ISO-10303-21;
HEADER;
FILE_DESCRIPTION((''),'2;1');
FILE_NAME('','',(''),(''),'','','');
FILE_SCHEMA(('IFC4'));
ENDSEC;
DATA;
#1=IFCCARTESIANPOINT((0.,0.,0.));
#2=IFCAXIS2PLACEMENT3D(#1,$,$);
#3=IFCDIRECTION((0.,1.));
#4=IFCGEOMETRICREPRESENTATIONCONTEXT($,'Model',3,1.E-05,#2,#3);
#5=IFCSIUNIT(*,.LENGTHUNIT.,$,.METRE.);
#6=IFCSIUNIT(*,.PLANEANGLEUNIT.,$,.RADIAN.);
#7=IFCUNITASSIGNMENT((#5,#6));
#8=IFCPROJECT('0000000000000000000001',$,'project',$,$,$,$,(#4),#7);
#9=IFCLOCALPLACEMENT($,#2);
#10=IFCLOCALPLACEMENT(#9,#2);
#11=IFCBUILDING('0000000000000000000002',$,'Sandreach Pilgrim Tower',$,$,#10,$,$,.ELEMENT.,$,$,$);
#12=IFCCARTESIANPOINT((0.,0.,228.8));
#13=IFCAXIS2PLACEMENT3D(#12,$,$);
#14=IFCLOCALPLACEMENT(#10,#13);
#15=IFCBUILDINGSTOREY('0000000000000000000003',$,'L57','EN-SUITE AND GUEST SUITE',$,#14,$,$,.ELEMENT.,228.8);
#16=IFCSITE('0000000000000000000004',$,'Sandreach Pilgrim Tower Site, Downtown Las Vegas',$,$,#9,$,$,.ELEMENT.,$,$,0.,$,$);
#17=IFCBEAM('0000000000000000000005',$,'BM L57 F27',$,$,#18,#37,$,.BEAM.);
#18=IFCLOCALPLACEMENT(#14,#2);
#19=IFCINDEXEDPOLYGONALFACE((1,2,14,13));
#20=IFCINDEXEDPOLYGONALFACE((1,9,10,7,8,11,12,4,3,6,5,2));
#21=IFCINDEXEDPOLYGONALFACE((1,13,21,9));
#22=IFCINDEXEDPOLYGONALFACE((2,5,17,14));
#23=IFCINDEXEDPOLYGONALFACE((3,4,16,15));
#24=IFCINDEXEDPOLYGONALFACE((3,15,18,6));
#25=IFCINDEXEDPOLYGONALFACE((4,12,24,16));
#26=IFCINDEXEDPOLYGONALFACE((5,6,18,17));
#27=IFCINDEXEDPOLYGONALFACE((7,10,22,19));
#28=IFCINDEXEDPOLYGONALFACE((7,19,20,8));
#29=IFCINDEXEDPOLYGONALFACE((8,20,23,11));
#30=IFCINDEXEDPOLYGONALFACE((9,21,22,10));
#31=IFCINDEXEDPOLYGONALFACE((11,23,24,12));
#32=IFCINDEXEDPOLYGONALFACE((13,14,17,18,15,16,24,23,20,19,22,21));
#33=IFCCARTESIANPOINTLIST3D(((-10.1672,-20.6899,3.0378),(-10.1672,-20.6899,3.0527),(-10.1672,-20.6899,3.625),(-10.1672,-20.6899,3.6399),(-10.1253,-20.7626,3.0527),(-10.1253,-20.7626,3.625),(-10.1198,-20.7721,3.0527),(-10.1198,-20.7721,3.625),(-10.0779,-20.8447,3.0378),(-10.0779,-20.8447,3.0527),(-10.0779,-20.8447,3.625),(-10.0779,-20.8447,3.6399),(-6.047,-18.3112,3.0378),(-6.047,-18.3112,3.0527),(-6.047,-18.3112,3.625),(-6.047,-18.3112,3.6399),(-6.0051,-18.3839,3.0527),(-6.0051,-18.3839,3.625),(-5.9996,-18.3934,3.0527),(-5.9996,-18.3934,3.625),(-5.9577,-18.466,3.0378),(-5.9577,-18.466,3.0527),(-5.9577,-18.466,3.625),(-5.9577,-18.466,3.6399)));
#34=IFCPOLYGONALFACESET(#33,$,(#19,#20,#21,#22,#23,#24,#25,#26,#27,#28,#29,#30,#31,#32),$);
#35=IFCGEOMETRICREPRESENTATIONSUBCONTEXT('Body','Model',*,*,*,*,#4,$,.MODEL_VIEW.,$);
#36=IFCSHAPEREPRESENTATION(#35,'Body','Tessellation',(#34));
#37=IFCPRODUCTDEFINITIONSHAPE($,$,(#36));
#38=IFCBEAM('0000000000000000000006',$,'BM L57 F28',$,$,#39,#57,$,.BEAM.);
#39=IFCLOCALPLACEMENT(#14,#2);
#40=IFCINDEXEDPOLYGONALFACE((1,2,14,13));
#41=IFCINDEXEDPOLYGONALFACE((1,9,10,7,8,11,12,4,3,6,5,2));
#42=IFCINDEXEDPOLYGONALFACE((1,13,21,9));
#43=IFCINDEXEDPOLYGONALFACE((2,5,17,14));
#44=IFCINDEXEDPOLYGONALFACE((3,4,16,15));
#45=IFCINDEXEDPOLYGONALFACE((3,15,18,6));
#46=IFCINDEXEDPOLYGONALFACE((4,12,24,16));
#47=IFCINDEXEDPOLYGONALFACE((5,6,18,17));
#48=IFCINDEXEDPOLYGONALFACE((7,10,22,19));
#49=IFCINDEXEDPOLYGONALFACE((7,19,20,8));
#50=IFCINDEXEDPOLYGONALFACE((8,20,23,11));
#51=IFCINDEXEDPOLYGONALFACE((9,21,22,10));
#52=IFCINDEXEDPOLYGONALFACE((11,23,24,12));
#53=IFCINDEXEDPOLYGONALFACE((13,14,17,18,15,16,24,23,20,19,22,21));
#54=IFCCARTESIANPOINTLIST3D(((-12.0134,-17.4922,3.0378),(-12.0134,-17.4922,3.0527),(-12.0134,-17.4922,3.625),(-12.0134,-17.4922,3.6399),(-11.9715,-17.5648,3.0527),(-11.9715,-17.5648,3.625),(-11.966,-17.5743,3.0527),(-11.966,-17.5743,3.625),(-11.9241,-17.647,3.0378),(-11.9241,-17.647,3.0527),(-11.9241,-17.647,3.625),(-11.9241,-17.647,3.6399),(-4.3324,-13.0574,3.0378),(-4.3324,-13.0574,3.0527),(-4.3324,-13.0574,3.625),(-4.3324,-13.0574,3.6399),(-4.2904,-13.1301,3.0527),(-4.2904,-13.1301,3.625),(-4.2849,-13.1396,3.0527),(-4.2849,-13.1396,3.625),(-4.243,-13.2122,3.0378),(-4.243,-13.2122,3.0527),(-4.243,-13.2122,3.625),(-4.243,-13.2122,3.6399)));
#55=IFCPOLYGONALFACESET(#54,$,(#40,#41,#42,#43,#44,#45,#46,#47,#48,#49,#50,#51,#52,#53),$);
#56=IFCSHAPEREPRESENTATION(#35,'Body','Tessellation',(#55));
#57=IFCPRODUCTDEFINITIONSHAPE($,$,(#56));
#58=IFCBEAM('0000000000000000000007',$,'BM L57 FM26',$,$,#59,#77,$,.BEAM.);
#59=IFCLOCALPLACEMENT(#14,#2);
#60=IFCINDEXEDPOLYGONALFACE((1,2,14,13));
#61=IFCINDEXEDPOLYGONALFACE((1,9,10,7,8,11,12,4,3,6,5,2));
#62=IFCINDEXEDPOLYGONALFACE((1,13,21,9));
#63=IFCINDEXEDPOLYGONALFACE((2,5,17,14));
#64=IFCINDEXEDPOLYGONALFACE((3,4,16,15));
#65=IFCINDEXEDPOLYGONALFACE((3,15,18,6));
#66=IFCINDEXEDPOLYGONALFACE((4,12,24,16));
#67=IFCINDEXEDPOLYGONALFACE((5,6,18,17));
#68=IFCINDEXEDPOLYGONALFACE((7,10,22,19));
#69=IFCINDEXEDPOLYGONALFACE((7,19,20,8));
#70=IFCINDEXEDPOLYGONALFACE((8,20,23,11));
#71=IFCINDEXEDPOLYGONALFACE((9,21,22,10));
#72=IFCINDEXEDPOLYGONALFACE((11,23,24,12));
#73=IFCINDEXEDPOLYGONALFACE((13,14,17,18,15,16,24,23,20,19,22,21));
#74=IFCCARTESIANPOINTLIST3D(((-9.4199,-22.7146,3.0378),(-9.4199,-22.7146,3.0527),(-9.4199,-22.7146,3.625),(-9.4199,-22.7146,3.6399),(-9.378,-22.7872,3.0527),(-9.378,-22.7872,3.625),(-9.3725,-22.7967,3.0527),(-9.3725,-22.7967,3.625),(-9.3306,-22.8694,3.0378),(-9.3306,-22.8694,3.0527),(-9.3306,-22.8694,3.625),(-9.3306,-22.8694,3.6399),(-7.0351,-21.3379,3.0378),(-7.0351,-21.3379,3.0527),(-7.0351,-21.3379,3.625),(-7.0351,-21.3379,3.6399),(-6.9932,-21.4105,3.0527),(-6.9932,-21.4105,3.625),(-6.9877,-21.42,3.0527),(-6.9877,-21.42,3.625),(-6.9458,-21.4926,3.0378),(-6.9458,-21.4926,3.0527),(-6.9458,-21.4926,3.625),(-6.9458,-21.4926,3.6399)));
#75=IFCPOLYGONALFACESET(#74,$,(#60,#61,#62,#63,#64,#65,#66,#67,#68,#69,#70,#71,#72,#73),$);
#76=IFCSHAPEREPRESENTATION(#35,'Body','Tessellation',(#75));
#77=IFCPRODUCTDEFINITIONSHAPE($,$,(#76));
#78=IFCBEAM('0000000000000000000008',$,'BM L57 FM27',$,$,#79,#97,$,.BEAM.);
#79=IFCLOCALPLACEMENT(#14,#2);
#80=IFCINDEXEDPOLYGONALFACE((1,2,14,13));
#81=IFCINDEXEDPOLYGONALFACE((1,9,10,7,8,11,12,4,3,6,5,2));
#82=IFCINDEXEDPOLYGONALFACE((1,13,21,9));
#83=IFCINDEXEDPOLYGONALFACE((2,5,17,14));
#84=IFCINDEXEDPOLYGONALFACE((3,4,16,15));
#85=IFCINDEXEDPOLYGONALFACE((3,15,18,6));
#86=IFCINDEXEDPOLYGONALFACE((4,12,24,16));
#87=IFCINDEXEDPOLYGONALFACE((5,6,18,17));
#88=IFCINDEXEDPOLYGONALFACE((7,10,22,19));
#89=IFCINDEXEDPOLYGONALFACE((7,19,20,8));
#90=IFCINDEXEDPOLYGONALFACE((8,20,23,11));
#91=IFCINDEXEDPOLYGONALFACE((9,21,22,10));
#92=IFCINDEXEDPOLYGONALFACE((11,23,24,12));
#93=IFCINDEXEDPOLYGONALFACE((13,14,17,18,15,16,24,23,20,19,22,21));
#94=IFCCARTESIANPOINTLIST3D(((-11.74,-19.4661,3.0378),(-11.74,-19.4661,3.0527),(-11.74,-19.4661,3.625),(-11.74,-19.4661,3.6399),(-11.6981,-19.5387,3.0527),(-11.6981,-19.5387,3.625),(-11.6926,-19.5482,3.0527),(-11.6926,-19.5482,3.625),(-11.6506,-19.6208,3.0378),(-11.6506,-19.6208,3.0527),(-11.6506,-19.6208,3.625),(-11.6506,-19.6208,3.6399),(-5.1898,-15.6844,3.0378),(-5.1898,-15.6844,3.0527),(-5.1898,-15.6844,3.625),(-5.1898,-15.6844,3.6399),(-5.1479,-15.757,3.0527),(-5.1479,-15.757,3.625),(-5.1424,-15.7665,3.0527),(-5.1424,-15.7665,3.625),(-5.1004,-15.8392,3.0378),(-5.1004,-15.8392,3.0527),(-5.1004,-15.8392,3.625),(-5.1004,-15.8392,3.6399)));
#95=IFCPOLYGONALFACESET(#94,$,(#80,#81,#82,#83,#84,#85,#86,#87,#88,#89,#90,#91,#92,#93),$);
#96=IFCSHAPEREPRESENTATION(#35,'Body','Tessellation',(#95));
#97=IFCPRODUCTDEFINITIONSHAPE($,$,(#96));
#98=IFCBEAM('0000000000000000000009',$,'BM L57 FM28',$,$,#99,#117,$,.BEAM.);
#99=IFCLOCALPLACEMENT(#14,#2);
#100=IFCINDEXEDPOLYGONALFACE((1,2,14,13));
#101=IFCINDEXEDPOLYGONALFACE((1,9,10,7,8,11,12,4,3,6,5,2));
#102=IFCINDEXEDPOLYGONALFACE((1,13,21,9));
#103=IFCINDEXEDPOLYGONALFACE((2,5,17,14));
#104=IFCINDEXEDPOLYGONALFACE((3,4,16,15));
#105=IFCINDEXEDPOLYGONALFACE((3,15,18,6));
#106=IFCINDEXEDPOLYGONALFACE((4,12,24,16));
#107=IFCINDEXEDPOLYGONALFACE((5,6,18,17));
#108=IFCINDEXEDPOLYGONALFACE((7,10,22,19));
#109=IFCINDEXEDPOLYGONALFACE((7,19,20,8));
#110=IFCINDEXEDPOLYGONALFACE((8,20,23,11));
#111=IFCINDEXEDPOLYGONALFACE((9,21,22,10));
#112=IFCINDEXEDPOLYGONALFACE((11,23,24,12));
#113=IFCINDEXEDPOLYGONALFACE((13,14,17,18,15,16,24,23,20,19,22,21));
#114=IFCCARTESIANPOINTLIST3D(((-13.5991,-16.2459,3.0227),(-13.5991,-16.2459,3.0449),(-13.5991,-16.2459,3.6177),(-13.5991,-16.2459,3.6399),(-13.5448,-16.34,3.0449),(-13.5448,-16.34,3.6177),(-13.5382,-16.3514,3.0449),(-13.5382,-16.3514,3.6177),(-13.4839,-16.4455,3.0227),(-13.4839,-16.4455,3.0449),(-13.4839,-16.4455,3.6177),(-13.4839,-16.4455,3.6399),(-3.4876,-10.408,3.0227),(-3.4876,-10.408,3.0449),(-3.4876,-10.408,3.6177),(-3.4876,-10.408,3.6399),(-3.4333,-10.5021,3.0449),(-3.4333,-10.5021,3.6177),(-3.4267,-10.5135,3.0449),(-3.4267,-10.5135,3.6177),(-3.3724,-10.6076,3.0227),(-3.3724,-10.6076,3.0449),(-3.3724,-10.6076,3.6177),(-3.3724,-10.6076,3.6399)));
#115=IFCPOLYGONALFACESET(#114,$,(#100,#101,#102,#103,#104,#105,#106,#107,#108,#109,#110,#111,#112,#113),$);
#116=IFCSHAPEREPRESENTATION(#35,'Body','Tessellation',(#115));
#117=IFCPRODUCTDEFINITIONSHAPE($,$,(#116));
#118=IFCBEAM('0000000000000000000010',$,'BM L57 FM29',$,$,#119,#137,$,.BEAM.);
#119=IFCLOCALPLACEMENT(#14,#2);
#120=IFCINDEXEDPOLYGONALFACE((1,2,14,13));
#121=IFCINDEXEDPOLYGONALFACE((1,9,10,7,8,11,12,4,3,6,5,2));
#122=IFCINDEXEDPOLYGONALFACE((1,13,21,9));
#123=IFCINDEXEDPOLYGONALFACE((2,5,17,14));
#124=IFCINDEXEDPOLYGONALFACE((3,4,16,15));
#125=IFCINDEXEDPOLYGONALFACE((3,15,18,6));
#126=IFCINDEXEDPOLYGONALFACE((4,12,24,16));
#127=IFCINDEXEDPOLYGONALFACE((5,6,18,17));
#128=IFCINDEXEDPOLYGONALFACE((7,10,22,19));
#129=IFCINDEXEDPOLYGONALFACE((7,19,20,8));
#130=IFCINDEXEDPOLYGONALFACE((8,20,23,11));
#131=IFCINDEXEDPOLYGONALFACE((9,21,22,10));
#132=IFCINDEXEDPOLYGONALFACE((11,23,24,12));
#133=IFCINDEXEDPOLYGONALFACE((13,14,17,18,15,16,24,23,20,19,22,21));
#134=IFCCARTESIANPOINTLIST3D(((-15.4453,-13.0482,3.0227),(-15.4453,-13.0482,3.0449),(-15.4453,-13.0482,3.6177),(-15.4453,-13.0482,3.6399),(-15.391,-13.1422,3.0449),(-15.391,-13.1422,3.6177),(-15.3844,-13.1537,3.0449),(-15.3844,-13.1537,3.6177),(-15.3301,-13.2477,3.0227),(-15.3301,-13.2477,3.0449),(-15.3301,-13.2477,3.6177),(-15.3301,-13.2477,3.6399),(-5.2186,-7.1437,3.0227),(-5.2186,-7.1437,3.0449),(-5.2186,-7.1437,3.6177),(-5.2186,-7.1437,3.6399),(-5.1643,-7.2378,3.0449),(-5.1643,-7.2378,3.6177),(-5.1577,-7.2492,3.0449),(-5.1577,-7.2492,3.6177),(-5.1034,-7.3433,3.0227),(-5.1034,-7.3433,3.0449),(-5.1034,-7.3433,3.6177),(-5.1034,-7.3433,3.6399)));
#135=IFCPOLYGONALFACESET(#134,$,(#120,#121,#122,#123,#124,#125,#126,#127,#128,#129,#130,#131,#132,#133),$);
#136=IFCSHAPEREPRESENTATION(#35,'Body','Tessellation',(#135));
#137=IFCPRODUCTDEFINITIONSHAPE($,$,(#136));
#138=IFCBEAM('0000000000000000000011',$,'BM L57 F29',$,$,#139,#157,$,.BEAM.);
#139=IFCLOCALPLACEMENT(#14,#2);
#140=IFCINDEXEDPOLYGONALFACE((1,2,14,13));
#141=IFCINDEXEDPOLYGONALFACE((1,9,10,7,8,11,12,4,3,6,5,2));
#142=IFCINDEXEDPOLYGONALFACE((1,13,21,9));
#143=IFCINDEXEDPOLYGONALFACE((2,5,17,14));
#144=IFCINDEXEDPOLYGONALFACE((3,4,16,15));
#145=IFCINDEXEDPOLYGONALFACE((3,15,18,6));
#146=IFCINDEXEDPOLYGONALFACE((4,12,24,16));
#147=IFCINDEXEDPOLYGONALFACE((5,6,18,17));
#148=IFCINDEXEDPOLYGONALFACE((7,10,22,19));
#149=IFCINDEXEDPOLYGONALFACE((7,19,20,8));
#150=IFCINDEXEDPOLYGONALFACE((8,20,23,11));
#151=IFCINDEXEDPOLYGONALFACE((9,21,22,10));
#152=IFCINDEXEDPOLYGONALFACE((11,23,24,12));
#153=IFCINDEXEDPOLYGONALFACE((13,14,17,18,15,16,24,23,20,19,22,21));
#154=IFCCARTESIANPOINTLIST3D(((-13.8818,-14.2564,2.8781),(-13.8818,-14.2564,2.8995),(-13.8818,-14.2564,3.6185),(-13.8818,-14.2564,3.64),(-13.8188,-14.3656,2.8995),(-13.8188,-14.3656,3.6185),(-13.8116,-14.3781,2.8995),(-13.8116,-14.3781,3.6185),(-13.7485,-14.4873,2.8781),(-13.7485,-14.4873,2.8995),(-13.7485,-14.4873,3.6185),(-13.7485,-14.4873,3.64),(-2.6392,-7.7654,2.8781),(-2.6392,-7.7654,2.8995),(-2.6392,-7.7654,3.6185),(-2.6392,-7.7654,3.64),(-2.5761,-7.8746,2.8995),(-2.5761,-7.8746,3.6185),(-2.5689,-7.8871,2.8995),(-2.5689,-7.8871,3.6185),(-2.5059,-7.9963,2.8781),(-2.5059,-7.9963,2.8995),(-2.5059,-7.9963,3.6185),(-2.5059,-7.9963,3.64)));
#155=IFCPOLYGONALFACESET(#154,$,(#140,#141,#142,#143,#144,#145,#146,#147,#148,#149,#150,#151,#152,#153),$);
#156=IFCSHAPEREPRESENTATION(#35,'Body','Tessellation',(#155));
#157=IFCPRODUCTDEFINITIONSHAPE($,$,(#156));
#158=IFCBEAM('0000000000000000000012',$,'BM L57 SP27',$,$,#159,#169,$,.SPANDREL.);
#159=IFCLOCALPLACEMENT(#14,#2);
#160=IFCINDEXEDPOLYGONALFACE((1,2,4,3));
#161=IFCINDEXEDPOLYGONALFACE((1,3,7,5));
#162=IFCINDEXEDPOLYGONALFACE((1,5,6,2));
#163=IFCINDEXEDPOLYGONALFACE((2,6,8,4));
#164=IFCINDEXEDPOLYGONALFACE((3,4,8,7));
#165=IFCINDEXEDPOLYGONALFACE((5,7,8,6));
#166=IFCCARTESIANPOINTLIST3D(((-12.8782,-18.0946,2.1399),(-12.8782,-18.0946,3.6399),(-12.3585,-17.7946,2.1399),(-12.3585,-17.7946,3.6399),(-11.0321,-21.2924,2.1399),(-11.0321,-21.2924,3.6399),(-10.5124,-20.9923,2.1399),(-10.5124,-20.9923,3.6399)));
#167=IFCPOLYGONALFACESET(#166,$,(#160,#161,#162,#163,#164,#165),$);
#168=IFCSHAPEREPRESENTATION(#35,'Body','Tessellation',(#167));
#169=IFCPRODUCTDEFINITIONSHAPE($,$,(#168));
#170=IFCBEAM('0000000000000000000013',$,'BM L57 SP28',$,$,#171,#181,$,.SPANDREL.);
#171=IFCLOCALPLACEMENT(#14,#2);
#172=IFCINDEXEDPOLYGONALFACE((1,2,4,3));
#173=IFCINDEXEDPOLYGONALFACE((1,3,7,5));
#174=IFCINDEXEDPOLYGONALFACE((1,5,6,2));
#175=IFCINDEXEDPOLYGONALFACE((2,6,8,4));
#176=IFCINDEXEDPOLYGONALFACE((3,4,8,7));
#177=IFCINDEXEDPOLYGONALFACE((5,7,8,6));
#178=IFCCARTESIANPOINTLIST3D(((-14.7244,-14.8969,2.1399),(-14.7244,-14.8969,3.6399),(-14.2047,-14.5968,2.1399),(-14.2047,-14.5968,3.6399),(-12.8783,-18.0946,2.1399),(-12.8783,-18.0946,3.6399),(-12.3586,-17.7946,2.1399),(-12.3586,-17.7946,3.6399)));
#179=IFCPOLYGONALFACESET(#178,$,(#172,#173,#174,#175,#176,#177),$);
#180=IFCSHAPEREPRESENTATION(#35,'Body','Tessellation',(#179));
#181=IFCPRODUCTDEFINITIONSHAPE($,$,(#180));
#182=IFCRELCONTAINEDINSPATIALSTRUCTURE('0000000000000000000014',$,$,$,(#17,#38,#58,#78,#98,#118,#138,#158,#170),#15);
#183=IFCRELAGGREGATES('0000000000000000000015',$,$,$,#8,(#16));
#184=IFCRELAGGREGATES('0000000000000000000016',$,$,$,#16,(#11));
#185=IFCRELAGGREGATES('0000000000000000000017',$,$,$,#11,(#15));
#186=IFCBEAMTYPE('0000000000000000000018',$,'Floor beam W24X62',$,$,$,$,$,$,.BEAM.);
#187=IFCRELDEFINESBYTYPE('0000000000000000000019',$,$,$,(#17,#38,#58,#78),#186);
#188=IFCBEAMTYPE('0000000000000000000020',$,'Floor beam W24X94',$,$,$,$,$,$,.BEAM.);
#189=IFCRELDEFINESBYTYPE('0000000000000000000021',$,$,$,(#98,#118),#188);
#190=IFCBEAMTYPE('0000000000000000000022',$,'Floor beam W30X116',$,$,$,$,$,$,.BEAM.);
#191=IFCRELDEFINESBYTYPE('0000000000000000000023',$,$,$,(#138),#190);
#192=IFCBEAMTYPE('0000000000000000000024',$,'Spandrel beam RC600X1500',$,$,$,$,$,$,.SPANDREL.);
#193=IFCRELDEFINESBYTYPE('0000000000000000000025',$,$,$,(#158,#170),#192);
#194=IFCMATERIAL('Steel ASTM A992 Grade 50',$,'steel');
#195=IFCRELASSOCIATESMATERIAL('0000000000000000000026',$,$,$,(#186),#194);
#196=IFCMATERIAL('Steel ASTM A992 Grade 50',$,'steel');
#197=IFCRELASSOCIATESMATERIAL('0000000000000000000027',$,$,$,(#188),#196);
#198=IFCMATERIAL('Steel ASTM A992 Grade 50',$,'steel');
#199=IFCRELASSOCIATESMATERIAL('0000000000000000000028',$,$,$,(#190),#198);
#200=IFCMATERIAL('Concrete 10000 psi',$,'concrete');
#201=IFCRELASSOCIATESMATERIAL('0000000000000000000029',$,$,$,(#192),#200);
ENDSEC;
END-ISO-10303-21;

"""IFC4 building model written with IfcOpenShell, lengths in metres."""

from ifc_helpers import new_model, si_unit, direction, frame, origin, origin_2d, place, context, subcontext, project, spatial, rectangle, i_section, extrude, material, material_profile, profile_set, type_object, element, save


model = new_model("IFC4")

# Units and contexts
model_context = context("Model", 3, precision=1e-05, world=origin(), true_north=direction((0.0, 1.0)))
body_context = subcontext(model_context, "Body", "Model", "MODEL_VIEW")
ifc_project = project(units=[si_unit("LENGTHUNIT", "METRE"), si_unit("PLANEANGLEUNIT", "RADIAN")], contexts=[model_context])

# Site, building, storey
site_placement = place(None, origin())
site = spatial("IfcSite", under=ifc_project, at=site_placement, Name="Sandreach Pilgrim Tower Site, Downtown Las Vegas", CompositionType="ELEMENT", RefElevation=0.0)
building_placement = place(site_placement, origin())
building = spatial("IfcBuilding", under=site, at=building_placement, Name="Sandreach Pilgrim Tower", CompositionType="ELEMENT")
storey_placement = place(building_placement, frame((0.0, 0.0, 228.8)))
storey = spatial("IfcBuildingStorey", under=building, at=storey_placement, Name="L57", Description="EN-SUITE AND GUEST SUITE", CompositionType="ELEMENT", Elevation=228.8)

# Beams
ifc_material_1 = material(Name="Steel ASTM A992 Grade 50", Category="steel")
ifc_material_profile_1 = material_profile(ifc_material_1, i_section(OverallWidth=0.1787, OverallDepth=0.6021, WebThickness=0.011, FlangeThickness=0.0149, at=origin_2d()), Name="W24X62")
ifc_profile_set_1 = profile_set([ifc_material_profile_1], Name="Steel ASTM A992 Grade 50")
beam_type_1 = type_object("IfcBeamType", Name="Floor beam W24X62", PredefinedType="BEAM", material=ifc_profile_set_1)
beam_1_placement = place(storey_placement, frame((-10.1226, -20.7673, 3.3389), z_axis=(0.866033, 0.499986, 0.0), x_axis=(-0.499986, 0.866033, 0.0)))
element("IfcBeam", 1, at=beam_1_placement, inside=storey, type_object=beam_type_1, Name="BM L57 F27", PredefinedType="BEAM", context=body_context, shape_type="SweptSolid", body=[
    extrude(i_section(OverallWidth=0.1787, OverallDepth=0.6021, WebThickness=0.011, FlangeThickness=0.0149, at=origin_2d()), origin(), (0.0, 0.0, 1.0), 4.7576),
])
beam_2_placement = place(storey_placement, frame((-11.9688, -17.5696, 3.3389), z_axis=(0.866021, 0.500008, 0.0), x_axis=(-0.500008, 0.866021, 0.0)))
element("IfcBeam", 2, at=beam_2_placement, inside=storey, type_object=beam_type_1, Name="BM L57 F28", PredefinedType="BEAM", context=body_context, shape_type="SweptSolid", body=[
    extrude(i_section(OverallWidth=0.1787, OverallDepth=0.6021, WebThickness=0.011, FlangeThickness=0.0149, at=origin_2d()), origin(), (0.0, 0.0, 1.0), 8.8694),
])
beam_3_placement = place(storey_placement, frame((-9.3752, -22.792, 3.3389), z_axis=(0.866047, 0.499963, 0.0), x_axis=(-0.499963, 0.866047, 0.0)))
element("IfcBeam", 3, at=beam_3_placement, inside=storey, type_object=beam_type_1, Name="BM L57 FM26", PredefinedType="BEAM", context=body_context, shape_type="SweptSolid", body=[
    extrude(i_section(OverallWidth=0.1787, OverallDepth=0.6021, WebThickness=0.011, FlangeThickness=0.0149, at=origin_2d()), origin(), (0.0, 0.0, 1.0), 2.7537),
])
beam_4_placement = place(storey_placement, frame((-11.6953, -19.5435, 3.3389), z_axis=(0.86603, 0.499993, 0.0), x_axis=(-0.499993, 0.86603, 0.0)))
element("IfcBeam", 4, at=beam_4_placement, inside=storey, type_object=beam_type_1, Name="BM L57 FM27", PredefinedType="BEAM", context=body_context, shape_type="SweptSolid", body=[
    extrude(i_section(OverallWidth=0.1787, OverallDepth=0.6021, WebThickness=0.011, FlangeThickness=0.0149, at=origin_2d()), origin(), (0.0, 0.0, 1.0), 7.5635),
])
ifc_material_2 = material(Name="Steel ASTM A992 Grade 50", Category="steel")
ifc_material_profile_2 = material_profile(ifc_material_2, i_section(OverallWidth=0.2305, OverallDepth=0.6172, WebThickness=0.0132, FlangeThickness=0.0222, at=origin_2d()), Name="W24X94")
ifc_profile_set_2 = profile_set([ifc_material_profile_2], Name="Steel ASTM A992 Grade 50")
beam_type_2 = type_object("IfcBeamType", Name="Floor beam W24X94", PredefinedType="BEAM", material=ifc_profile_set_2)
beam_5_placement = place(storey_placement, frame((-13.5415, -16.3457, 3.3313), z_axis=(0.866026, 0.499998, 0.0), x_axis=(-0.499998, 0.866026, 0.0)))
element("IfcBeam", 5, at=beam_5_placement, inside=storey, type_object=beam_type_2, Name="BM L57 FM28", PredefinedType="BEAM", context=body_context, shape_type="SweptSolid", body=[
    extrude(i_section(OverallWidth=0.2305, OverallDepth=0.6172, WebThickness=0.0132, FlangeThickness=0.0222, at=origin_2d()), origin(), (0.0, 0.0, 1.0), 11.6758),
])
beam_6_placement = place(storey_placement, frame((-15.3877, -13.1479, 3.3313), z_axis=(0.866022, 0.500006, 0.0), x_axis=(-0.500006, 0.866022, 0.0)))
element("IfcBeam", 6, at=beam_6_placement, inside=storey, type_object=beam_type_2, Name="BM L57 FM29", PredefinedType="BEAM", context=body_context, shape_type="SweptSolid", body=[
    extrude(i_section(OverallWidth=0.2305, OverallDepth=0.6172, WebThickness=0.0132, FlangeThickness=0.0222, at=origin_2d()), origin(), (0.0, 0.0, 1.0), 11.8088),
])
ifc_material_3 = material(Name="Steel ASTM A992 Grade 50", Category="steel")
ifc_material_profile_3 = material_profile(ifc_material_3, i_section(OverallWidth=0.2666, OverallDepth=0.762, WebThickness=0.0144, FlangeThickness=0.0215, at=origin_2d()), Name="W30X116")
ifc_profile_set_3 = profile_set([ifc_material_profile_3], Name="Steel ASTM A992 Grade 50")
beam_type_3 = type_object("IfcBeamType", Name="Floor beam W30X116", PredefinedType="BEAM", material=ifc_profile_set_3)
beam_7_placement = place(storey_placement, frame((-13.8152, -14.3718, 3.259), z_axis=(0.866025, 0.5, 0.0), x_axis=(-0.5, 0.866025, 0.0)))
element("IfcBeam", 7, at=beam_7_placement, inside=storey, type_object=beam_type_3, Name="BM L57 F29", PredefinedType="BEAM", context=body_context, shape_type="SweptSolid", body=[
    extrude(i_section(OverallWidth=0.2666, OverallDepth=0.762, WebThickness=0.0144, FlangeThickness=0.0215, at=origin_2d()), origin(), (0.0, 0.0, 1.0), 12.9819),
])
ifc_material_4 = material(Name="Concrete 10000 psi", Category="concrete")
ifc_material_profile_4 = material_profile(ifc_material_4, rectangle(XDim=0.6001, YDim=1.5, at=origin_2d()), Name="RC600X1500")
ifc_profile_set_4 = profile_set([ifc_material_profile_4], Name="Concrete 10000 psi")
beam_type_4 = type_object("IfcBeamType", Name="Spandrel beam RC600X1500", PredefinedType="SPANDREL", material=ifc_profile_set_4)
for number, where, z_axis, x_axis, name in (
    (8, (-10.7722, -21.1423, 2.8899), (-0.499993, 0.866029, 0.0), (-0.866029, -0.499993, 0.0), "BM L57 SP27"),
    (9, (-12.6184, -17.9446, 2.8899), (-0.499993, 0.866029, 0.0), (-0.866029, -0.499993, 0.0), "BM L57 SP28"),
):
    element("IfcBeam", number, at=place(storey_placement, frame(where, z_axis=z_axis, x_axis=x_axis)), inside=storey, type_object=beam_type_4, Name=name, PredefinedType="SPANDREL", context=body_context, shape_type="SweptSolid", body=[
        extrude(rectangle(XDim=0.6001, YDim=1.5, at=origin_2d()), origin(), (0.0, 0.0, 1.0), 3.6924),
    ])

save(model, "model.ifc")
